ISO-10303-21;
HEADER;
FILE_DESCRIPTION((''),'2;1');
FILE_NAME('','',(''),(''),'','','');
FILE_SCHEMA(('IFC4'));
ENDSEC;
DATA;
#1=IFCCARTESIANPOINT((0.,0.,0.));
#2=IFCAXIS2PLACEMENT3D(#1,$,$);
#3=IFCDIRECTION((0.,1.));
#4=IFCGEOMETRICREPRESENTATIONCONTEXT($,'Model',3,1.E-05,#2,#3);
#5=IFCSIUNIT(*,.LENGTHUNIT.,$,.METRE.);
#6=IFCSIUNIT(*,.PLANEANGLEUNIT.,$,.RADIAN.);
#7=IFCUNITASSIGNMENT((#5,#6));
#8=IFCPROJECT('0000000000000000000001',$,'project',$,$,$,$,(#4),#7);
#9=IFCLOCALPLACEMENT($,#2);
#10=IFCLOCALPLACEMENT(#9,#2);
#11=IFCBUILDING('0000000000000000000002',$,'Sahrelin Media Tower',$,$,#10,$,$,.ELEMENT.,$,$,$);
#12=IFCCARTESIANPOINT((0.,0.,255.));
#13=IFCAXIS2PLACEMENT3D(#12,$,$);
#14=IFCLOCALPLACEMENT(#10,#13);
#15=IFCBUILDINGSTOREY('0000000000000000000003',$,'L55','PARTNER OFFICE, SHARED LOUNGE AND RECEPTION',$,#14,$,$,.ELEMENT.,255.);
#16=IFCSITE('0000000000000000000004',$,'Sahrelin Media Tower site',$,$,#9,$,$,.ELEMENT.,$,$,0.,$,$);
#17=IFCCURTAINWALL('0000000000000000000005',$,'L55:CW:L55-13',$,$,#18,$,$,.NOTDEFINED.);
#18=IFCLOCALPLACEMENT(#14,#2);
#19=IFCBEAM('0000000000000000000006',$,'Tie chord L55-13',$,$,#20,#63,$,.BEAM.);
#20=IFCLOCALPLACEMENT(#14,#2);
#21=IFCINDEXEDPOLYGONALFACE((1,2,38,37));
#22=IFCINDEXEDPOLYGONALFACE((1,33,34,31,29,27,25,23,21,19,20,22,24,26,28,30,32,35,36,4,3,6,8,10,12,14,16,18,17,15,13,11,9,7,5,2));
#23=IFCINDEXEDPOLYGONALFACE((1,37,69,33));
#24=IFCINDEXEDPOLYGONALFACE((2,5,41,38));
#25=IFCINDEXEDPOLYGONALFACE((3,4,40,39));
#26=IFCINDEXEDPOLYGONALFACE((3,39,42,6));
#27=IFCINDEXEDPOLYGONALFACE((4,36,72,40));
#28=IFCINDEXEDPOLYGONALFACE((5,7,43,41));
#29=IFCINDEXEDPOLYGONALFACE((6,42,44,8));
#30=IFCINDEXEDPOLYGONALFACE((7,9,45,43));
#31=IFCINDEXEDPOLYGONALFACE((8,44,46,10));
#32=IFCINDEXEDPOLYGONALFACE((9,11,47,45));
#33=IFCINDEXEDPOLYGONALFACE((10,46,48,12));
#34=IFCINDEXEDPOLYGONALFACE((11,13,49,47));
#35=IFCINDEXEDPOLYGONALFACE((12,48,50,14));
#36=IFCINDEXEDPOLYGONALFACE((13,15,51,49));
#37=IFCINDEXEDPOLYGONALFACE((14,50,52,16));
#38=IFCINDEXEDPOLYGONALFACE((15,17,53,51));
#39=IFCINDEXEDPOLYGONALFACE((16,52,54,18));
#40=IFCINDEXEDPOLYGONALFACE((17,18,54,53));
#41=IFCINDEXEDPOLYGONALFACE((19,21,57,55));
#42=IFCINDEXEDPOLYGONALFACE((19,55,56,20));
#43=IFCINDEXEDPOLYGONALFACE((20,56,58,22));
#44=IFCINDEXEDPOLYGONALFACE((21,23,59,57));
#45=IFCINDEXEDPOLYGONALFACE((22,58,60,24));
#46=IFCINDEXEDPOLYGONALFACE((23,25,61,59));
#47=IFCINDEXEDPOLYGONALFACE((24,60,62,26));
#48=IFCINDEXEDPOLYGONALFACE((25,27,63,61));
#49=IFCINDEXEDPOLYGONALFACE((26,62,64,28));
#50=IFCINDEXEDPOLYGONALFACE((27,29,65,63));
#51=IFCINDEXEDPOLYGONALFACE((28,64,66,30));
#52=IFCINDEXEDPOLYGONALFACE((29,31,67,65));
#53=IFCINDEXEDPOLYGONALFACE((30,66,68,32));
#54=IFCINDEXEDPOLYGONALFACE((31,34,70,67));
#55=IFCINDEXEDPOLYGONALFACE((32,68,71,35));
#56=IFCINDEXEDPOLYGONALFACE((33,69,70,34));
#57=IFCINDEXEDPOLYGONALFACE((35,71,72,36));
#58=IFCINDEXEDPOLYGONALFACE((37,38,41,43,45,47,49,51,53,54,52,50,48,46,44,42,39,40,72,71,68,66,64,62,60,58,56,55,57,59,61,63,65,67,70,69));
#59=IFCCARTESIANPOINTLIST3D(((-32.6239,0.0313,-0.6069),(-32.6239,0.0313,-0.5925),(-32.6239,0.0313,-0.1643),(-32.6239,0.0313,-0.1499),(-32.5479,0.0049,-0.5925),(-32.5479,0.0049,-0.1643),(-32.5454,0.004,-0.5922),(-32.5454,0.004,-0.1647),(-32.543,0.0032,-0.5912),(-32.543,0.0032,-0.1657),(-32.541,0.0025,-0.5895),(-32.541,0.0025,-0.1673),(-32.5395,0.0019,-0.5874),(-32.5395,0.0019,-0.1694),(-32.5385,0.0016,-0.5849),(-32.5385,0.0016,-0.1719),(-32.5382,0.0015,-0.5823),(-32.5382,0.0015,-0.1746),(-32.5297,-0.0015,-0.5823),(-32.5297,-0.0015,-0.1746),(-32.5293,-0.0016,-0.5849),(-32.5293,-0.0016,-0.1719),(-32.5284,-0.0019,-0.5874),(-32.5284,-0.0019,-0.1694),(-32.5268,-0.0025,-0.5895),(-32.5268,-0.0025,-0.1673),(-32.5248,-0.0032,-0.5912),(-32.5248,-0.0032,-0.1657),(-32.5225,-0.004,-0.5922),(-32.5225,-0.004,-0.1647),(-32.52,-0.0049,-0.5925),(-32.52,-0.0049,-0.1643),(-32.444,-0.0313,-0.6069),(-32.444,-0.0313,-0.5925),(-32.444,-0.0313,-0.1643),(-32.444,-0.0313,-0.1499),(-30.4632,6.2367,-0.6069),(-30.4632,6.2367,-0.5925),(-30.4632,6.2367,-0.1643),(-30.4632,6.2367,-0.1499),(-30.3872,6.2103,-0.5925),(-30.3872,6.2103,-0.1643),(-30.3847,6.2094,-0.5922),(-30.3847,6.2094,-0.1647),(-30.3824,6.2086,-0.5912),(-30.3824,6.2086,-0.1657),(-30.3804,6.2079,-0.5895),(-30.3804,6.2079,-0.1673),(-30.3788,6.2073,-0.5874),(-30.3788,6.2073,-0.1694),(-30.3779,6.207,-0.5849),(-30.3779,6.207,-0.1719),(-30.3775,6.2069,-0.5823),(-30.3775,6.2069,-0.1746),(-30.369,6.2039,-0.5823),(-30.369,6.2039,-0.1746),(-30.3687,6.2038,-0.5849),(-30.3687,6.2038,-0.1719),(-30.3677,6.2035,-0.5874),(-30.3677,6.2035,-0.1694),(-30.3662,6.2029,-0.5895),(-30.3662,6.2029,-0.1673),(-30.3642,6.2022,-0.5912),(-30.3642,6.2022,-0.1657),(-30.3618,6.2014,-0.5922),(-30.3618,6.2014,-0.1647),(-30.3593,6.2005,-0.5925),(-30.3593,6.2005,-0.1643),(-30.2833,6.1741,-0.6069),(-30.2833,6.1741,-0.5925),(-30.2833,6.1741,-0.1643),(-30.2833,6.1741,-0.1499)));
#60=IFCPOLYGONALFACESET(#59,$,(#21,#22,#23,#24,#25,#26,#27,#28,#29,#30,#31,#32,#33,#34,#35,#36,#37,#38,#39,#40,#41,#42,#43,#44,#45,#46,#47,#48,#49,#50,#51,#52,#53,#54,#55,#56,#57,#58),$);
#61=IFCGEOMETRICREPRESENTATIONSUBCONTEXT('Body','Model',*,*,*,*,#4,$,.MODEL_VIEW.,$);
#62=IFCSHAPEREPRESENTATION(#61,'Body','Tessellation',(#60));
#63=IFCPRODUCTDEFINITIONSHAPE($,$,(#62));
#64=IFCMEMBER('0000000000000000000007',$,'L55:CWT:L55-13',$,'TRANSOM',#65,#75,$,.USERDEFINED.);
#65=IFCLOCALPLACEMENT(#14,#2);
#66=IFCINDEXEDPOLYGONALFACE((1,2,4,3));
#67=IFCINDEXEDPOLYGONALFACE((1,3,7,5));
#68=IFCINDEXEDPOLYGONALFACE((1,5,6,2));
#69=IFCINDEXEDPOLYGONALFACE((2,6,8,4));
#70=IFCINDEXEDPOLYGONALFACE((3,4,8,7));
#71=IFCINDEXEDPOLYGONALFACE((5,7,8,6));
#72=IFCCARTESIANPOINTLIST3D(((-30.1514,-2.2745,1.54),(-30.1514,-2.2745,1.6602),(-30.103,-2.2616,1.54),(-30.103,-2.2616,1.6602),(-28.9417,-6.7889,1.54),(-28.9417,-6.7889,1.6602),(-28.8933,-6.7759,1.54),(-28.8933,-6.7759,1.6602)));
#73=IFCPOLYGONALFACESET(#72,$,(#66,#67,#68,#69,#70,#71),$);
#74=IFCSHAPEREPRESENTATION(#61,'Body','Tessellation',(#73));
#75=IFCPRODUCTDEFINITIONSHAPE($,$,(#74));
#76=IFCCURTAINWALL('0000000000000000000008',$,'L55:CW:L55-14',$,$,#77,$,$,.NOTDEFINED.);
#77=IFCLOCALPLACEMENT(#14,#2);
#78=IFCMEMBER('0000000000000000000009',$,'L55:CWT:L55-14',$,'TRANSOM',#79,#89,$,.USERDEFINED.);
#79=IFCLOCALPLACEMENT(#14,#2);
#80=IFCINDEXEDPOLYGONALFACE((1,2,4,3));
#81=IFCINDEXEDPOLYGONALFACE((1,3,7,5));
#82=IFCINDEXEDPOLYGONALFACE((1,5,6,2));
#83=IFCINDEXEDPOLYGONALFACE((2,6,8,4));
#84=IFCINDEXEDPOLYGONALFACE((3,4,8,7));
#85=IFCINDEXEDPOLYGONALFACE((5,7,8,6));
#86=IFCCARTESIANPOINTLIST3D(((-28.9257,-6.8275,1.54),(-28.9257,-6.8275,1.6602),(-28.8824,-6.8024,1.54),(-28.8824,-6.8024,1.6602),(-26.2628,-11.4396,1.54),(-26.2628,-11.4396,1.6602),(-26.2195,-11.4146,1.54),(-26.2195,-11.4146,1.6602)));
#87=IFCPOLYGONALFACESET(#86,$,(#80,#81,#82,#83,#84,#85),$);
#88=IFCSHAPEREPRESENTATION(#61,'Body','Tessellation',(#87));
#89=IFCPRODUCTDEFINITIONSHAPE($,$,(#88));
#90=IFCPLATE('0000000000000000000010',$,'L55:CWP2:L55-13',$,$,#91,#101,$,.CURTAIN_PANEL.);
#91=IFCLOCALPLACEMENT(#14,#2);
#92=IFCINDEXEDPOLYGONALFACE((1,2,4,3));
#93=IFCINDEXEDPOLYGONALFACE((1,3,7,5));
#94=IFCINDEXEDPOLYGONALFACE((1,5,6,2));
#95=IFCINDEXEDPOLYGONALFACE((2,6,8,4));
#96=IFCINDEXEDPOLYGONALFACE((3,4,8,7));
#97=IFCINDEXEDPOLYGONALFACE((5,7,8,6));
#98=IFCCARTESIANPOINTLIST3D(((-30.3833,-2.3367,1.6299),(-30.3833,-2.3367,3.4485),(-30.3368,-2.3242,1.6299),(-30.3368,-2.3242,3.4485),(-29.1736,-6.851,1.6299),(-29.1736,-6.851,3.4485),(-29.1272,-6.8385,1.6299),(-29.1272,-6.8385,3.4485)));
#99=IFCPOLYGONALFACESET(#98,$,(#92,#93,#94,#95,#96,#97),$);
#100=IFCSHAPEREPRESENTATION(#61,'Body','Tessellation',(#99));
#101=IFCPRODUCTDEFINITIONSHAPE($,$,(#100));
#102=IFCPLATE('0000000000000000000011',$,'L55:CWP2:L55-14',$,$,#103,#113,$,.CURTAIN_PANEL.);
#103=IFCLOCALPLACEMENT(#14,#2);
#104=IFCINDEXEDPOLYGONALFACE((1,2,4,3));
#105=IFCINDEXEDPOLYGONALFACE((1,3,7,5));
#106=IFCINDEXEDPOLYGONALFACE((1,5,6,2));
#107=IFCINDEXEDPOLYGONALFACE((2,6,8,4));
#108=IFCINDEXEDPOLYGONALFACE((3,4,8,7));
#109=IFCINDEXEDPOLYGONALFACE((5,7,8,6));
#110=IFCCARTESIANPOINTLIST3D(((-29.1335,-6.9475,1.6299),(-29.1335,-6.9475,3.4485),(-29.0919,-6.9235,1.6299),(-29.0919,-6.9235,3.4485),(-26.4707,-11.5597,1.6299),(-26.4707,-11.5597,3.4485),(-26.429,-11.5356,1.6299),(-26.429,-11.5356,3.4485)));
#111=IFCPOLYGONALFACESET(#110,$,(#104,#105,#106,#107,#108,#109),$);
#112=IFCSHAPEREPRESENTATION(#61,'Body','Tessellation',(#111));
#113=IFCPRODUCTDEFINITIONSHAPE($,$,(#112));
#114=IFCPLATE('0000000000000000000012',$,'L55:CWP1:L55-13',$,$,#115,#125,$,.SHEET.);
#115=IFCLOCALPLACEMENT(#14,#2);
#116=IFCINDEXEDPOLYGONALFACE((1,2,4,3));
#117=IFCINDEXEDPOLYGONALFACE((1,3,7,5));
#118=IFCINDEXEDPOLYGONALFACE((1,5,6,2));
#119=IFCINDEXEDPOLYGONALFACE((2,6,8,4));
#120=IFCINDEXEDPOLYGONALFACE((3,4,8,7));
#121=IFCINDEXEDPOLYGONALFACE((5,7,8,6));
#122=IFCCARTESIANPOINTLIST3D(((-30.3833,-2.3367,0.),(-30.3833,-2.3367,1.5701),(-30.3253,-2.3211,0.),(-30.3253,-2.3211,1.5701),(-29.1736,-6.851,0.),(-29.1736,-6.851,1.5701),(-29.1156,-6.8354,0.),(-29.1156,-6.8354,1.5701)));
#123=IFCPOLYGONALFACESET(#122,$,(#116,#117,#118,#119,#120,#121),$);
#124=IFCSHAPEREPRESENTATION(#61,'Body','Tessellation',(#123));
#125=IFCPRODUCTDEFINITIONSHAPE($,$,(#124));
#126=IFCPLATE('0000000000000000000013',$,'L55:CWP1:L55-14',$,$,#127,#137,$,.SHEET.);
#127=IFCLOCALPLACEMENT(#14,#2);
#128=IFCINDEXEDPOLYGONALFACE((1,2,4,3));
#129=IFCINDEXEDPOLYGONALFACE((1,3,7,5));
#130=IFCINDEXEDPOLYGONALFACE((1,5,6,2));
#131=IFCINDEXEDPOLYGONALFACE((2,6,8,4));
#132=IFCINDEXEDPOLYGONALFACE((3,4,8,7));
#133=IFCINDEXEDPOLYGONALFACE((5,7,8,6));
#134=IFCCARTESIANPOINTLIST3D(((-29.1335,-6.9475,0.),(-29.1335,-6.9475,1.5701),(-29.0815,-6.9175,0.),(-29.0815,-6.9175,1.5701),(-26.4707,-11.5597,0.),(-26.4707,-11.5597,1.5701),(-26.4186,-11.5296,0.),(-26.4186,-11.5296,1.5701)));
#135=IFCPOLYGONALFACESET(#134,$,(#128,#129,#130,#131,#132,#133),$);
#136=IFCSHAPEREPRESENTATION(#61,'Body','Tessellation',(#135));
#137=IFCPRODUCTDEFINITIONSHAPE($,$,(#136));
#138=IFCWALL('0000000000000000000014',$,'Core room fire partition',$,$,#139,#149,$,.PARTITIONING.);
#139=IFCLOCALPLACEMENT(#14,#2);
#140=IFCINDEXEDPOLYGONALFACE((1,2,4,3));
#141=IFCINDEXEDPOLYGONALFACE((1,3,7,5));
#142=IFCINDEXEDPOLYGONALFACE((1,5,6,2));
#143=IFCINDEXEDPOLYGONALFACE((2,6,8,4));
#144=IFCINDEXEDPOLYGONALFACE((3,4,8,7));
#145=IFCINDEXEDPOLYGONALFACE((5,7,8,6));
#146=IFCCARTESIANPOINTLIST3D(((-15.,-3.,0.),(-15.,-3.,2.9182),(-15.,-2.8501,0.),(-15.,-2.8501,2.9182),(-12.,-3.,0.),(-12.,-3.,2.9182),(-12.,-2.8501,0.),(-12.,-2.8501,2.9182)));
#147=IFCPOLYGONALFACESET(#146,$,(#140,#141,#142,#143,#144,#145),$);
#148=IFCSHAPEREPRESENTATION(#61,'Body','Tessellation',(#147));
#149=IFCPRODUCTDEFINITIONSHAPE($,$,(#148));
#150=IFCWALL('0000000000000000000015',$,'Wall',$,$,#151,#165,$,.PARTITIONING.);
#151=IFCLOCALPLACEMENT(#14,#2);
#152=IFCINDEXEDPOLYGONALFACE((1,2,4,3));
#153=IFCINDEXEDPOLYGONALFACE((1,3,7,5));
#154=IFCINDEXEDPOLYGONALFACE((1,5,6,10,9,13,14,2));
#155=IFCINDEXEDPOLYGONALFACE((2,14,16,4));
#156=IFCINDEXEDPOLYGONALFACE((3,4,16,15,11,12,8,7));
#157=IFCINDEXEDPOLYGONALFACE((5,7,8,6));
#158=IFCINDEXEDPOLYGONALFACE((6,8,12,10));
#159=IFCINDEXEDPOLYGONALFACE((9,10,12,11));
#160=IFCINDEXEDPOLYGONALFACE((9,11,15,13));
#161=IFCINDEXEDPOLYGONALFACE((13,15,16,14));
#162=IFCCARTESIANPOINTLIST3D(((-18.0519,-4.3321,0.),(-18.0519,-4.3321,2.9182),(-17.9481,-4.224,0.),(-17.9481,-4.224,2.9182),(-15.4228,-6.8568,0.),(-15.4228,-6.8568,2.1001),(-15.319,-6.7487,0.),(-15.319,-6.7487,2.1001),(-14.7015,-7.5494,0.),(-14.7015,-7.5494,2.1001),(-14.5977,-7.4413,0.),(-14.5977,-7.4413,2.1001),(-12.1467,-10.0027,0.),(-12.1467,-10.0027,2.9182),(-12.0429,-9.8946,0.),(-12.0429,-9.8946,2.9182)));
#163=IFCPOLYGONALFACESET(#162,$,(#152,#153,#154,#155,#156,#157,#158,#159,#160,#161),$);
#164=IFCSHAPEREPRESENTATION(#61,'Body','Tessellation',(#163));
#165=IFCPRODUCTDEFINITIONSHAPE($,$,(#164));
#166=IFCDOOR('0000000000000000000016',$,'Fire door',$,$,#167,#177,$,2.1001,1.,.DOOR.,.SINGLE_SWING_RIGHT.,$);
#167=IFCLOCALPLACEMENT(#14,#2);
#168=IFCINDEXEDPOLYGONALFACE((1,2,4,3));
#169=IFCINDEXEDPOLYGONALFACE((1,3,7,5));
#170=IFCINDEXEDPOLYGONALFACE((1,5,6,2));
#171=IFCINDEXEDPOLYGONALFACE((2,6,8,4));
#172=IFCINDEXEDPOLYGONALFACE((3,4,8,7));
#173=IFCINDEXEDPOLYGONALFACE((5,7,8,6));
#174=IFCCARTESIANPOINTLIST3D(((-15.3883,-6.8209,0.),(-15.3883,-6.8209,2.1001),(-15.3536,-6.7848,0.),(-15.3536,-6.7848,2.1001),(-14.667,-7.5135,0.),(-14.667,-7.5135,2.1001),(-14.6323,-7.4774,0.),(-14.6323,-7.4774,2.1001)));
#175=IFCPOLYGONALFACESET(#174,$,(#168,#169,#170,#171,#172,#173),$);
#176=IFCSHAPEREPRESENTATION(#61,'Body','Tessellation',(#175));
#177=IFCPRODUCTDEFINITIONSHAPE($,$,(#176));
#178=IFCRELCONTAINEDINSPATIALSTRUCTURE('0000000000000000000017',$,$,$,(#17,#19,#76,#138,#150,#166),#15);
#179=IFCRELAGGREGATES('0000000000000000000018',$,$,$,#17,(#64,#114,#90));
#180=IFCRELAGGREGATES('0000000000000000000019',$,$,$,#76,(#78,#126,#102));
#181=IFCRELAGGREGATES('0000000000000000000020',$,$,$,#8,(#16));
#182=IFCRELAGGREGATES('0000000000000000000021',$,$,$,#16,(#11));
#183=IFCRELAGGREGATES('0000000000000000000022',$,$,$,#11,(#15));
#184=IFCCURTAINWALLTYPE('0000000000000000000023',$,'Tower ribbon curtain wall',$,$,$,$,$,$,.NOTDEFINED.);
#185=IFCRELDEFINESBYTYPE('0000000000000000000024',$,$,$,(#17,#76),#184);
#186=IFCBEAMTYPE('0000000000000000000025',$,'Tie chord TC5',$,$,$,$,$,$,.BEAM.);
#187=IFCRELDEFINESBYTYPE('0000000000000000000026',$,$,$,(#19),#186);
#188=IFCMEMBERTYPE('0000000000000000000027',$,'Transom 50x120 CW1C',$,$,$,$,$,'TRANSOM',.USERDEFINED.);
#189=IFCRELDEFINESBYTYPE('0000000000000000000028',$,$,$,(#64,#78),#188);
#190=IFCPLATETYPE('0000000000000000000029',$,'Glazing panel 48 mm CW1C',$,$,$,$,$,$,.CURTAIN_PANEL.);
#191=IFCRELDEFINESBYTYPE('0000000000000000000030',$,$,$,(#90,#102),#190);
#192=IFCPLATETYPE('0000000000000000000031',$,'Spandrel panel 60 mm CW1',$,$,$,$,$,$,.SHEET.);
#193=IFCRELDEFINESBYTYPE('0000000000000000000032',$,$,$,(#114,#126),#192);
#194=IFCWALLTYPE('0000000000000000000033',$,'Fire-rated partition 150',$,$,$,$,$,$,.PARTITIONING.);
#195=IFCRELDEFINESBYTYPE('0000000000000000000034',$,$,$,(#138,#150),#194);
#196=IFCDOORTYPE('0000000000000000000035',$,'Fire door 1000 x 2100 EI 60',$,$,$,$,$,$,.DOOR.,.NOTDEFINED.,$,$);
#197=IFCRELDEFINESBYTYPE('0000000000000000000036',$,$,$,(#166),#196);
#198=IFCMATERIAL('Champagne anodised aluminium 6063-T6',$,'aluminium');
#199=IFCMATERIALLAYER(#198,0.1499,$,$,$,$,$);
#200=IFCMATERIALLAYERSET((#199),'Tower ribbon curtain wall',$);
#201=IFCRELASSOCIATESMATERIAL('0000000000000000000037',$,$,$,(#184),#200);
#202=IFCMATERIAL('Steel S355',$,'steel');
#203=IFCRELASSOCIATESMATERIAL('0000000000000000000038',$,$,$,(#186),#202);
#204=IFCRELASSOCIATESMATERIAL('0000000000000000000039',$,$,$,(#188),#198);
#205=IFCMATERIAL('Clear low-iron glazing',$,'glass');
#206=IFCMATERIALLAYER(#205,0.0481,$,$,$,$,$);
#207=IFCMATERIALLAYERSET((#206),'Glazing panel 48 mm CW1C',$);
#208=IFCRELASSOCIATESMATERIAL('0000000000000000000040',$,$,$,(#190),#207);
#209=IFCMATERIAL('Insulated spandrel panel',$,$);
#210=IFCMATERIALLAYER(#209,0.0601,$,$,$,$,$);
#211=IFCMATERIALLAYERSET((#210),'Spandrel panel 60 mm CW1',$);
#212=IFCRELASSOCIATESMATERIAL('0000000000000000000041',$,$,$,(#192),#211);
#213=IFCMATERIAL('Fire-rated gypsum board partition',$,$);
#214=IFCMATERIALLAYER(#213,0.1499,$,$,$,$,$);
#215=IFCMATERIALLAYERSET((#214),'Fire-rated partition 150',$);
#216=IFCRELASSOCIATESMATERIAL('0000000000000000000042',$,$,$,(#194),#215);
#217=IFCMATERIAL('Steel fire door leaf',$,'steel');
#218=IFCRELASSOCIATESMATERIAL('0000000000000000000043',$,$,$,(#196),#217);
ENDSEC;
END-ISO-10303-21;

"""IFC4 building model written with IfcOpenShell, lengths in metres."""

from ifc_helpers import new_model, si_unit, direction, frame, frame_2d, origin, origin_2d, place, context, subcontext, project, spatial, polyline, rectangle, i_section, outline, extrude, material, layer, layer_set, material_profile, profile_set, type_object, element, fill, aggregate, save


model = new_model("IFC4")

# Units and contexts
model_context = context("Model", 3, precision=1e-05, world=origin(), true_north=direction((0.0, 1.0)))
body_context = subcontext(model_context, "Body", "Model", "MODEL_VIEW")
ifc_project = project(units=[si_unit("LENGTHUNIT", "METRE"), si_unit("PLANEANGLEUNIT", "RADIAN")], contexts=[model_context])

# Site, building, storey
site_placement = place(None, origin())
site = spatial("IfcSite", under=ifc_project, at=site_placement, Name="Sahrelin Media Tower site", CompositionType="ELEMENT", RefElevation=0.0)
building_placement = place(site_placement, origin())
building = spatial("IfcBuilding", under=site, at=building_placement, Name="Sahrelin Media Tower", CompositionType="ELEMENT")
storey_placement = place(building_placement, frame((0.0, 0.0, 255.0)))
storey = spatial("IfcBuildingStorey", under=building, at=storey_placement, Name="L55", Description="PARTNER OFFICE, SHARED LOUNGE AND RECEPTION", CompositionType="ELEMENT", Elevation=255.0)

# Shared definitions
ifc_material_1 = material(Name="Steel S355", Category="steel")

# Curtain wall
ifc_material_2 = material(Name="Champagne anodised aluminium 6063-T6", Category="aluminium")
ifc_layer_1 = layer(ifc_material_2, 0.1499)
ifc_layer_set_1 = layer_set([ifc_layer_1], Name="Tower ribbon curtain wall")
curtain_wall_type = type_object("IfcCurtainWallType", Name="Tower ribbon curtain wall", PredefinedType="NOTDEFINED", material=ifc_layer_set_1)
curtain_wall_1_placement = place(storey_placement, frame((-29.759, -4.5886, 0.0), z_axis=(0.0, 0.0, 1.0), x_axis=(1.0, 0.0, 0.0)))
curtain_wall_1 = element("IfcCurtainWall", 1, at=curtain_wall_1_placement, inside=storey, type_object=curtain_wall_type, Name="L55:CW:L55-13", PredefinedType="NOTDEFINED")

# Beam
ifc_material_profile_1 = material_profile(ifc_material_1, i_section(OverallWidth=0.1904, OverallDepth=0.457, WebThickness=0.009, FlangeThickness=0.0144, FilletRadius=0.0103, at=origin_2d()), Name="UB 457x191x74")
ifc_profile_set_1 = profile_set([ifc_material_profile_1], Name="Steel S355")
beam_type_1 = type_object("IfcBeamType", Name="Tie chord TC5", PredefinedType="BEAM", material=ifc_profile_set_1)
for number, where, z_axis, x_axis, name in (
    (2, (-32.5339, 0.0, -0.3784), (0.328829, 0.944389, 0.0), (-0.944389, 0.328829, 0.0), "Tie chord L55-13"),
):
    element("IfcBeam", number, at=place(storey_placement, frame(where, z_axis=z_axis, x_axis=x_axis)), inside=storey, type_object=beam_type_1, Name=name, PredefinedType="BEAM", context=body_context, shape_type="SweptSolid", body=[
        extrude(i_section(OverallWidth=0.1904, OverallDepth=0.457, WebThickness=0.009, FlangeThickness=0.0144, FilletRadius=0.0103, at=origin_2d()), origin(), (0.0, 0.0, 1.0), 6.5708),
    ])

# Member
ifc_material_profile_2 = material_profile(ifc_material_2, rectangle(XDim=0.05, YDim=0.1201, at=origin_2d()), Name="Transom 50x120")
ifc_profile_set_2 = profile_set([ifc_material_profile_2], Name="Champagne anodised aluminium 6063-T6")
member_type_1 = type_object("IfcMemberType", Name="Transom 50x120 CW1C", ElementType="TRANSOM", PredefinedType="USERDEFINED", material=ifc_profile_set_2)
member_1_placement = place(storey_placement, frame((-30.1272, -2.2681, 1.6001), z_axis=(0.258836, -0.965921, 0.0), x_axis=(0.965921, 0.258836, 0.0)))
member_1 = element("IfcMember", 3, at=member_1_placement, type_object=member_type_1, Name="L55:CWT:L55-13", ObjectType="TRANSOM", PredefinedType="USERDEFINED", context=body_context, shape_type="SweptSolid", body=[
    extrude(rectangle(XDim=0.05, YDim=0.1201, at=origin_2d()), origin(), (0.0, 0.0, 1.0), 4.6736),
])

# Curtain wall, member
curtain_wall_2_placement = place(storey_placement, frame((-27.7849, -9.2434, 0.0), z_axis=(0.0, 0.0, 1.0), x_axis=(1.0, 0.0, 0.0)))
curtain_wall_2 = element("IfcCurtainWall", 4, at=curtain_wall_2_placement, inside=storey, type_object=curtain_wall_type, Name="L55:CW:L55-14", PredefinedType="NOTDEFINED")
member_2_placement = place(storey_placement, frame((-28.9041, -6.8149, 1.6001), z_axis=(0.500009, -0.86602, 0.0), x_axis=(0.86602, 0.500009, 0.0)))
member_2 = element("IfcMember", 5, at=member_2_placement, type_object=member_type_1, Name="L55:CWT:L55-14", ObjectType="TRANSOM", PredefinedType="USERDEFINED", context=body_context, shape_type="SweptSolid", body=[
    extrude(rectangle(XDim=0.05, YDim=0.1201, at=origin_2d()), origin(), (0.0, 0.0, 1.0), 5.3257),
])

# Plates
ifc_material_3 = material(Name="Clear low-iron glazing", Category="glass")
ifc_layer_2 = layer(ifc_material_3, 0.0481)
ifc_layer_set_2 = layer_set([ifc_layer_2], Name="Glazing panel 48 mm CW1C")
plate_type_1 = type_object("IfcPlateType", Name="Glazing panel 48 mm CW1C", PredefinedType="CURTAIN_PANEL", material=ifc_layer_set_2)
plate_1_placement = place(storey_placement, frame((-30.3833, -2.3367, 1.6299), z_axis=(-0.965921, -0.258836, 0.0), x_axis=(0.258836, -0.965921, 0.0)))
plate_1 = element("IfcPlate", 6, at=plate_1_placement, type_object=plate_type_1, Name="L55:CWP2:L55-13", PredefinedType="CURTAIN_PANEL", context=body_context, shape_type="SweptSolid", body=[
    extrude(outline(polyline([(0.0, 0.0), (4.6736, 0.0), (4.6736, 1.8186), (0.0, 1.8186), (0.0, 0.0)])), origin(), (0.0, 0.0, -1.0), 0.0481),
])
plate_2_placement = place(storey_placement, frame((-29.1335, -6.9475, 1.6299), z_axis=(-0.86602, -0.500009, 0.0), x_axis=(0.500009, -0.86602, 0.0)))
plate_2 = element("IfcPlate", 7, at=plate_2_placement, type_object=plate_type_1, Name="L55:CWP2:L55-14", PredefinedType="CURTAIN_PANEL", context=body_context, shape_type="SweptSolid", body=[
    extrude(outline(polyline([(0.0, 0.0), (5.3257, 0.0), (5.3257, 1.8186), (0.0, 1.8186), (0.0, 0.0)])), origin(), (0.0, 0.0, -1.0), 0.0481),
])
ifc_material_4 = material(Name="Insulated spandrel panel")
ifc_layer_3 = layer(ifc_material_4, 0.0601)
ifc_layer_set_3 = layer_set([ifc_layer_3], Name="Spandrel panel 60 mm CW1")
plate_type_2 = type_object("IfcPlateType", Name="Spandrel panel 60 mm CW1", PredefinedType="SHEET", material=ifc_layer_set_3)
plate_3_placement = place(storey_placement, frame((-30.3833, -2.3367, 0.0), z_axis=(-0.965921, -0.258836, 0.0), x_axis=(0.258836, -0.965921, 0.0)))
plate_3 = element("IfcPlate", 8, at=plate_3_placement, type_object=plate_type_2, Name="L55:CWP1:L55-13", PredefinedType="SHEET", context=body_context, shape_type="SweptSolid", body=[
    extrude(outline(polyline([(0.0, 0.0), (4.6736, 0.0), (4.6736, 1.5701), (0.0, 1.5701), (0.0, 0.0)])), origin(), (0.0, 0.0, -1.0), 0.0601),
])
aggregate(curtain_wall_1, [member_1, plate_3, plate_1])
plate_4_placement = place(storey_placement, frame((-29.1335, -6.9475, 0.0), z_axis=(-0.86602, -0.500009, 0.0), x_axis=(0.500009, -0.86602, 0.0)))
plate_4 = element("IfcPlate", 9, at=plate_4_placement, type_object=plate_type_2, Name="L55:CWP1:L55-14", PredefinedType="SHEET", context=body_context, shape_type="SweptSolid", body=[
    extrude(outline(polyline([(0.0, 0.0), (5.3257, 0.0), (5.3257, 1.5701), (0.0, 1.5701), (0.0, 0.0)])), origin(), (0.0, 0.0, -1.0), 0.0601),
])
aggregate(curtain_wall_2, [member_2, plate_4, plate_2])

# Wall
ifc_material_5 = material(Name="Fire-rated gypsum board partition")
ifc_layer_4 = layer(ifc_material_5, 0.1499)
ifc_layer_set_4 = layer_set([ifc_layer_4], Name="Fire-rated partition 150")
wall_type_1 = type_object("IfcWallType", Name="Fire-rated partition 150", PredefinedType="PARTITIONING", material=ifc_layer_set_4)
wall_1_placement = place(storey_placement, frame((-15.0, -2.925, 0.0), z_axis=(0.0, 0.0, 1.0), x_axis=(1.0, 0.0, 0.0)))
element("IfcWall", 10, at=wall_1_placement, inside=storey, type_object=wall_type_1, Name="Core room fire partition", PredefinedType="PARTITIONING", context=body_context, shape_type="SweptSolid", body=[
    extrude(rectangle(XDim=3.0, YDim=0.1499, at=frame_2d((1.5, 0.0))), origin(), (0.0, 0.0, 1.0), 2.9182),
])

# Wall, opening, door
wall_2_placement = place(storey_placement, frame((-18.0, -4.2781, 0.0), z_axis=(0.0, 0.0, 1.0), x_axis=(0.72129, -0.692633, 0.0)))
wall_2 = element("IfcWall", 11, at=wall_2_placement, inside=storey, type_object=wall_type_1, Name="Wall", PredefinedType="PARTITIONING", context=body_context, shape_type="SweptSolid", body=[
    extrude(rectangle(XDim=8.187, YDim=0.1499, at=frame_2d((4.0935, 0.0))), origin(), (0.0, 0.0, 1.0), 2.9182),
])
opening_1_placement = place(wall_2_placement, frame((3.645, 0.0, 0.0)))
opening_1 = element("IfcOpeningElement", 12, at=opening_1_placement, cuts=wall_2, PredefinedType="OPENING", context=body_context, shape_type="SweptSolid", body=[
    extrude(rectangle(XDim=1.0, YDim=2.1001, at=frame_2d((0.5, 1.05))), frame((0.0, 0.075, 0.0), z_axis=(0.0, -1.0, 0.0), x_axis=(1.0, 0.0, 0.0)), (0.0, 0.0, 1.0), 0.1499),
])
ifc_material_6 = material(Name="Steel fire door leaf", Category="steel")
door_type_1 = type_object("IfcDoorType", Name="Fire door 1000 x 2100 EI 60", OperationType="NOTDEFINED", PredefinedType="DOOR", material=ifc_material_6)
door_1_placement = place(opening_1_placement, origin())
door_1 = element("IfcDoor", 13, at=door_1_placement, inside=storey, type_object=door_type_1, Name="Fire door", OperationType="SINGLE_SWING_RIGHT", OverallHeight=2.1001, OverallWidth=1.0, PredefinedType="DOOR", context=body_context, shape_type="SweptSolid", body=[
    extrude(rectangle(XDim=1.0, YDim=2.1001, at=frame_2d((0.5, 1.05))), frame((0.0, 0.0249, 0.0), z_axis=(0.0, -1.0, 0.0), x_axis=(1.0, 0.0, 0.0)), (0.0, 0.0, 1.0), 0.05),
])
fill(opening_1, door_1)

save(model, "model.ifc")
